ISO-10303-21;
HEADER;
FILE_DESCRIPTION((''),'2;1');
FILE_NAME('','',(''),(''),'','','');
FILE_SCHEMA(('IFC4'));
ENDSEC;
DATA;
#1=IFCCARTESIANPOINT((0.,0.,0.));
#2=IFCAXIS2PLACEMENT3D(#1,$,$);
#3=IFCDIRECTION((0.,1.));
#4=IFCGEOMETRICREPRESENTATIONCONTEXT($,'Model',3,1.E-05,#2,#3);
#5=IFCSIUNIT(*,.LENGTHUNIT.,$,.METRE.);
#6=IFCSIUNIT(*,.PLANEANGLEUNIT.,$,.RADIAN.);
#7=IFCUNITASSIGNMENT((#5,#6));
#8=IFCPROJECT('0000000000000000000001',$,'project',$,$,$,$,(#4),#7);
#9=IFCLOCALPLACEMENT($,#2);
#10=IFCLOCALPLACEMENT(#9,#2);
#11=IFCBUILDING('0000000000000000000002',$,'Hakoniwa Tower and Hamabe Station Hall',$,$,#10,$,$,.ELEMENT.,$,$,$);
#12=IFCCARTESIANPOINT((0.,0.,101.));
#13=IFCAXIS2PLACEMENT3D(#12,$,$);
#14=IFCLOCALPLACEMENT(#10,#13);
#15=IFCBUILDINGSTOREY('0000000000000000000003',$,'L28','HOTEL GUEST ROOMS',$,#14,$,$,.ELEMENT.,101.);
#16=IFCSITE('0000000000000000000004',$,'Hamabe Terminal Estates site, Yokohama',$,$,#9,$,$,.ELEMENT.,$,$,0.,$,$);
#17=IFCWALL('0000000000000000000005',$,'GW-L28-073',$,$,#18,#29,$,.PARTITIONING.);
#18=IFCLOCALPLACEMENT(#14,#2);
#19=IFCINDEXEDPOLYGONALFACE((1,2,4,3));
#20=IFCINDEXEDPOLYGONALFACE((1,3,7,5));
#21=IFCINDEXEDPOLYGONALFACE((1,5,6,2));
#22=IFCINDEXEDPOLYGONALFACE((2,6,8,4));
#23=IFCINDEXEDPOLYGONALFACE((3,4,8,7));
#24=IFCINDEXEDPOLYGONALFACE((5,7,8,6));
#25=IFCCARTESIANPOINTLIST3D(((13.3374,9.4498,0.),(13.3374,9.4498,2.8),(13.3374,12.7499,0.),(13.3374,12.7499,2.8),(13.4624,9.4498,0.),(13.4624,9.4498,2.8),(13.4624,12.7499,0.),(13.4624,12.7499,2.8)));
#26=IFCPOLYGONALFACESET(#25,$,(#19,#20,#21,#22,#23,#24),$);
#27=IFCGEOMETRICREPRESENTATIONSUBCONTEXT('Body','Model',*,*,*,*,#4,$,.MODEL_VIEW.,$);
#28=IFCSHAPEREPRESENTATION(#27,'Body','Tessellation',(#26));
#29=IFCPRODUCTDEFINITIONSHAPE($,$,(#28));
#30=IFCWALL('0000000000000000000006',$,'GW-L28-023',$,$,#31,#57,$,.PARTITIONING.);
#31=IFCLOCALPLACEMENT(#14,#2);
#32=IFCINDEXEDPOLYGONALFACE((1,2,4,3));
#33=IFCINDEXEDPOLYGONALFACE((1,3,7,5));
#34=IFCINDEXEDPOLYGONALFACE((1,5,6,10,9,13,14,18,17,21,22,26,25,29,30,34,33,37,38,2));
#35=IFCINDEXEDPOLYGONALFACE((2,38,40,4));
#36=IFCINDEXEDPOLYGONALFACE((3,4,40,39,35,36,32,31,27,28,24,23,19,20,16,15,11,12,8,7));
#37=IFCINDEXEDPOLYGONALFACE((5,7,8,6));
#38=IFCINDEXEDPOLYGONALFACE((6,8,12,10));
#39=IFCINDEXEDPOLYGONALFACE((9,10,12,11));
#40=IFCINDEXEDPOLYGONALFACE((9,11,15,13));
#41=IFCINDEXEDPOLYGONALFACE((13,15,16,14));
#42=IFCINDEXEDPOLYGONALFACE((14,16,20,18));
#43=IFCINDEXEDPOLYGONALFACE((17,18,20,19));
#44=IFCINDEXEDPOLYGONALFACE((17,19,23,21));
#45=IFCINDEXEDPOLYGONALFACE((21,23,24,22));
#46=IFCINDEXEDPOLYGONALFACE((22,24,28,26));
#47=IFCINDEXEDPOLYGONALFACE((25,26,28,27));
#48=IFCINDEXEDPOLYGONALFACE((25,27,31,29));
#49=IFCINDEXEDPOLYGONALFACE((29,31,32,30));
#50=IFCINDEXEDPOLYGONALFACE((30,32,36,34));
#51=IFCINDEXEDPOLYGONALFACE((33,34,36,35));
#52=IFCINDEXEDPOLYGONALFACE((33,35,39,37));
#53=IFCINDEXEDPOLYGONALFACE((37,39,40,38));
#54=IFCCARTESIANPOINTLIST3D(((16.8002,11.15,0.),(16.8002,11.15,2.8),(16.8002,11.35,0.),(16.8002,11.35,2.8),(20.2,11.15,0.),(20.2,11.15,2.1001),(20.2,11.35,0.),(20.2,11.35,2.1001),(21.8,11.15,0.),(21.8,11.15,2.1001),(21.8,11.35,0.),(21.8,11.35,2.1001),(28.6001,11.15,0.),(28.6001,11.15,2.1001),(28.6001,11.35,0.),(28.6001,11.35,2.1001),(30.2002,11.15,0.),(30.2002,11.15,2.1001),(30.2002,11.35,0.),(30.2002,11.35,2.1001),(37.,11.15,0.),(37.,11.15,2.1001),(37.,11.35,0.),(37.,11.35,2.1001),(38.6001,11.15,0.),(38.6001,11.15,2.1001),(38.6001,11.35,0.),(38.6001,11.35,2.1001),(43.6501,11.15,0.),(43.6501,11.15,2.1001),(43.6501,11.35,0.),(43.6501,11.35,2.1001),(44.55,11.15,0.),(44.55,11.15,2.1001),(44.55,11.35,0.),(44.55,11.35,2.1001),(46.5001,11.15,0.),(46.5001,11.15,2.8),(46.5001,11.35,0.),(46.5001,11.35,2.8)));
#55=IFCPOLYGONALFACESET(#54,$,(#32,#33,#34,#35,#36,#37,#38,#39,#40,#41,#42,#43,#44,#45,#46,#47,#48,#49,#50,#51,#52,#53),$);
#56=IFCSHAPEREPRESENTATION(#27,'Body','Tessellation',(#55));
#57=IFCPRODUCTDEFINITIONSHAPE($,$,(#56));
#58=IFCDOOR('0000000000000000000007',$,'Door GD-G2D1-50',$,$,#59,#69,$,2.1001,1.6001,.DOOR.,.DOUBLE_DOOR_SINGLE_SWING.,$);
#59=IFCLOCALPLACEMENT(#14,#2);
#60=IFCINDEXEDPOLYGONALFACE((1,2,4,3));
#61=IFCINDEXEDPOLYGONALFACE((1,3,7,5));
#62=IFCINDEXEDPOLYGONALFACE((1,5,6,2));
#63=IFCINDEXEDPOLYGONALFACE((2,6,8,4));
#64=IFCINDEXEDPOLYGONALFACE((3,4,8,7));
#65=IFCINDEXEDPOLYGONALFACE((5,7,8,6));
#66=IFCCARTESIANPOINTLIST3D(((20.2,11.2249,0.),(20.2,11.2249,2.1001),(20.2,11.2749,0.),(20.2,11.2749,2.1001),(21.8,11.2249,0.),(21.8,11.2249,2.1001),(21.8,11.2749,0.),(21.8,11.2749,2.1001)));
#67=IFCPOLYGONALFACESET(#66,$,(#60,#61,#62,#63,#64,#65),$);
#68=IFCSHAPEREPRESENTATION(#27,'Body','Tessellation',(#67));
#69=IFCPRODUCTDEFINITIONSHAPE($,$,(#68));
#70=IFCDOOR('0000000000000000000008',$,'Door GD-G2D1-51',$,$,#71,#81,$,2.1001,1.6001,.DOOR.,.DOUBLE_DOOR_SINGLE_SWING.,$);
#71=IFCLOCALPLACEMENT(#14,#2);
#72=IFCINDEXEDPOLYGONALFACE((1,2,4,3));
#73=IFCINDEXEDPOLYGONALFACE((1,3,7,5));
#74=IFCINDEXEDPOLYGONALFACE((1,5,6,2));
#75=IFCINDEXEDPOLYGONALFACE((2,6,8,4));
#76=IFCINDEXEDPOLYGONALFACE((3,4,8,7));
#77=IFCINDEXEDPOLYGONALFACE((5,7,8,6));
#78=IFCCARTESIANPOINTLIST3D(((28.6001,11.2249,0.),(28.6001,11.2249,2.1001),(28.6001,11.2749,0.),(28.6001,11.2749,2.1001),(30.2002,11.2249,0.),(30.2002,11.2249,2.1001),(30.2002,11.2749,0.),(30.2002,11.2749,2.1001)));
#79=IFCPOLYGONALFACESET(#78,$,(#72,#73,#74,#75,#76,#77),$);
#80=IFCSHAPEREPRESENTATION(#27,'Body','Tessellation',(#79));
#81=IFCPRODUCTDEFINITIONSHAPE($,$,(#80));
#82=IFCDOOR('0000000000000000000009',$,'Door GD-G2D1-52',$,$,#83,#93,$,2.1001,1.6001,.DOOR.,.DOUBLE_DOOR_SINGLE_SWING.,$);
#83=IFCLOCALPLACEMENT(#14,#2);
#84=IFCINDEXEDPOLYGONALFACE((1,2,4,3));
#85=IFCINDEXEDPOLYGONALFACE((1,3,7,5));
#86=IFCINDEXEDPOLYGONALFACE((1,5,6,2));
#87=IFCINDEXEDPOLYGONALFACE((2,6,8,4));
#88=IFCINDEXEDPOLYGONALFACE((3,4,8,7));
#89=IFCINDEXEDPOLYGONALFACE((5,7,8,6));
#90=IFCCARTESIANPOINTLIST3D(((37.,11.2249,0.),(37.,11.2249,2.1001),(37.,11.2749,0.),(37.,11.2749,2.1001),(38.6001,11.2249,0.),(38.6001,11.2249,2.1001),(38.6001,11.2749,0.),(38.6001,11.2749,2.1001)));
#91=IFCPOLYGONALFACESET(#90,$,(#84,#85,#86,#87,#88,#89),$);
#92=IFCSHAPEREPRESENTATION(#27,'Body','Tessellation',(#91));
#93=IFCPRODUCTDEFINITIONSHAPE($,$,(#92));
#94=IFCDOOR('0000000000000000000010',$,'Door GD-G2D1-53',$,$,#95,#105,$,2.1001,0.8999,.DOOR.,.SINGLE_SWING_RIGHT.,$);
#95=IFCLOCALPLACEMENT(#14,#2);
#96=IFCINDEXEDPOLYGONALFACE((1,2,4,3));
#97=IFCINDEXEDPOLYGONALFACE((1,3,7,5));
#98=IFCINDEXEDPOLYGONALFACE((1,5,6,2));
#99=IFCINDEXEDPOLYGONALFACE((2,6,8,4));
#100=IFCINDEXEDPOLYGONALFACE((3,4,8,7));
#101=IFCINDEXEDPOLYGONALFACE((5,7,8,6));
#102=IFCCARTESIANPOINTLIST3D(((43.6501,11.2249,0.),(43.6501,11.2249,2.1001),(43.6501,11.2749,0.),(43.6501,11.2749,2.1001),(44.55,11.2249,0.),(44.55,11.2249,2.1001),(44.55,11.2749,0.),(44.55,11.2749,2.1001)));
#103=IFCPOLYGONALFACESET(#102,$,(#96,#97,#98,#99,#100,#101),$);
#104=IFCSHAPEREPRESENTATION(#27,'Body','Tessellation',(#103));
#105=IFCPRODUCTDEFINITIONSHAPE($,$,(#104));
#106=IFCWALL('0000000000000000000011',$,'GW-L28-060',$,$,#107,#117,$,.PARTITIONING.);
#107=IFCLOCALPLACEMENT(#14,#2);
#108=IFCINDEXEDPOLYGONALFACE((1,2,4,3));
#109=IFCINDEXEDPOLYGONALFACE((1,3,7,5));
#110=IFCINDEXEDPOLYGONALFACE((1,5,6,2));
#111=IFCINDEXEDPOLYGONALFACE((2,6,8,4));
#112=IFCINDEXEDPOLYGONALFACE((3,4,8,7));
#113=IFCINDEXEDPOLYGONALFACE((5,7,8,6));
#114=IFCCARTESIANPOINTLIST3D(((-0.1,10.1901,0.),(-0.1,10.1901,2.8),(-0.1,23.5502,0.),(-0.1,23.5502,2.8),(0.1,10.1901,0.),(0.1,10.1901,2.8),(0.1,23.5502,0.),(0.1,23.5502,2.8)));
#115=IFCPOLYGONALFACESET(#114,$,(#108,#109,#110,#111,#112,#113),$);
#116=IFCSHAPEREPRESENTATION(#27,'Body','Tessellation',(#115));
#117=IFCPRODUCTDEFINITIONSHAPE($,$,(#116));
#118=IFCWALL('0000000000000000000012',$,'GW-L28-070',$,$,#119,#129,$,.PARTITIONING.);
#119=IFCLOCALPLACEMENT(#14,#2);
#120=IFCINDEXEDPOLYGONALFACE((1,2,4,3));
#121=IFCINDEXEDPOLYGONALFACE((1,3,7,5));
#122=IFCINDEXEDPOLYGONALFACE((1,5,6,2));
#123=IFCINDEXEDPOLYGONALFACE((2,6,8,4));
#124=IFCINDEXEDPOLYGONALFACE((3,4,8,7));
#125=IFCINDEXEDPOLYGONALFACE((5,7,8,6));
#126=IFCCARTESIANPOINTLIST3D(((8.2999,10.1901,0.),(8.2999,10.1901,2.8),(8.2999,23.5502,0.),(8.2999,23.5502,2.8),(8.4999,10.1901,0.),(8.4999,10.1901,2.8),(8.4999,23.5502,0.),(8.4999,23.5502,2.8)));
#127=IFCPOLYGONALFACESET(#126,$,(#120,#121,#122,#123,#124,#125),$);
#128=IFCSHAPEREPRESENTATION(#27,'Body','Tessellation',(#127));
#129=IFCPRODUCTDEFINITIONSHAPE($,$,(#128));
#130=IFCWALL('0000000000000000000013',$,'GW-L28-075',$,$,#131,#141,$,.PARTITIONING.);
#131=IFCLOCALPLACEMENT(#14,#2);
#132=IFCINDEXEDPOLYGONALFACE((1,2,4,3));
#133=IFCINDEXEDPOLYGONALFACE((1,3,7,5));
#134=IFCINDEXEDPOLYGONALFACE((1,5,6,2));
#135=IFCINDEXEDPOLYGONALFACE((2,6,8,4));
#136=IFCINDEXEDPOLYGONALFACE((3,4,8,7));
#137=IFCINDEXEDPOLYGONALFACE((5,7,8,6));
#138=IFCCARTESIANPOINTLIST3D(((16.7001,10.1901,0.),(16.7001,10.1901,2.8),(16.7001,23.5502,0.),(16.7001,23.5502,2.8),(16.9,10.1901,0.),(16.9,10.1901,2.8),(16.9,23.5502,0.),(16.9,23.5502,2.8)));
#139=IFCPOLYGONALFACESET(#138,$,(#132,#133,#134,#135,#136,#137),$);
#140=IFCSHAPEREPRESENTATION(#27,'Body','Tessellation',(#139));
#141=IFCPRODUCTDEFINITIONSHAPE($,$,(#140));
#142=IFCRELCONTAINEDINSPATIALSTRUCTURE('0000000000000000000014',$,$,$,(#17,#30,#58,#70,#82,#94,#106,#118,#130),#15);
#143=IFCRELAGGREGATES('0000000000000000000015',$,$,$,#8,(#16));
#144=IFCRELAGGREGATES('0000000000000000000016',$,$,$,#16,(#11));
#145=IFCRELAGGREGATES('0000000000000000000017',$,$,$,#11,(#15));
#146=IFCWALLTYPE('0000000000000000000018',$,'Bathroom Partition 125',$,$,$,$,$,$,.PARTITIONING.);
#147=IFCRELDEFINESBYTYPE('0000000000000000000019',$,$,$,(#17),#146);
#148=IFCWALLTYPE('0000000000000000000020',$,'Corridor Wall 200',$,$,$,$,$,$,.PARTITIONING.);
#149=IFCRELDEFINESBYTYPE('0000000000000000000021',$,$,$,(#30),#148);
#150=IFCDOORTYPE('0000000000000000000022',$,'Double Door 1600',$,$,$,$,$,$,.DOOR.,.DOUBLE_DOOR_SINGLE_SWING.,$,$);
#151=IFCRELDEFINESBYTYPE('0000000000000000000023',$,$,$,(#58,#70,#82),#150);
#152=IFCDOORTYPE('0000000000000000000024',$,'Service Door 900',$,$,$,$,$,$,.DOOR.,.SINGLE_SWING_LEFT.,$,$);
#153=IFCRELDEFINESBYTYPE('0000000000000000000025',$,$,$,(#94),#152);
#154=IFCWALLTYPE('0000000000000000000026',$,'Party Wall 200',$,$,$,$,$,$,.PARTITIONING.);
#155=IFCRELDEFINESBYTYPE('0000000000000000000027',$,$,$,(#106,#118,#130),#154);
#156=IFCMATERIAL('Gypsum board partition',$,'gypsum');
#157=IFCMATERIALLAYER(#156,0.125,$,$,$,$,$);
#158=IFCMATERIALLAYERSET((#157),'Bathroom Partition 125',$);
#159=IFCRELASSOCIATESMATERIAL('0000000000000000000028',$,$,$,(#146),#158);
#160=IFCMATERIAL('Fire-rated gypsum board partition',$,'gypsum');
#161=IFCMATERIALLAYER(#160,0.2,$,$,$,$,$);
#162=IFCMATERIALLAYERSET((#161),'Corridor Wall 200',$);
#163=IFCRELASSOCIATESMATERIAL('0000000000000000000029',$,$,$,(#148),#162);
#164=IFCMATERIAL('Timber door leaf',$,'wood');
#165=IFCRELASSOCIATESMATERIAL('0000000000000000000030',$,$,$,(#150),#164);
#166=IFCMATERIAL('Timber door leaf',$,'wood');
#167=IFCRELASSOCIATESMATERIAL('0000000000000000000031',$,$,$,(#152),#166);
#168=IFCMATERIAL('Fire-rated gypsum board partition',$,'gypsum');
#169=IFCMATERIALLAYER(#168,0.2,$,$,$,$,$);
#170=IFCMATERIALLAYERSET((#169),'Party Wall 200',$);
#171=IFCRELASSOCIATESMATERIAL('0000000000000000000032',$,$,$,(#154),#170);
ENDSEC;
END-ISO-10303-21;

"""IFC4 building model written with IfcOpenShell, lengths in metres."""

from ifc_helpers import new_model, si_unit, direction, frame, frame_2d, origin, place, context, subcontext, project, spatial, rectangle, extrude, material, layer, layer_set, type_object, element, fill, save


model = new_model("IFC4")

# Units and contexts
model_context = context("Model", 3, precision=1e-05, world=origin(), true_north=direction((0.0, 1.0)))
body_context = subcontext(model_context, "Body", "Model", "MODEL_VIEW")
ifc_project = project(units=[si_unit("LENGTHUNIT", "METRE"), si_unit("PLANEANGLEUNIT", "RADIAN")], contexts=[model_context])

# Site, building, storey
site_placement = place(None, origin())
site = spatial("IfcSite", under=ifc_project, at=site_placement, Name="Hamabe Terminal Estates site, Yokohama", CompositionType="ELEMENT", RefElevation=0.0)
building_placement = place(site_placement, origin())
building = spatial("IfcBuilding", under=site, at=building_placement, Name="Hakoniwa Tower and Hamabe Station Hall", CompositionType="ELEMENT")
storey_placement = place(building_placement, frame((0.0, 0.0, 101.0)))
storey = spatial("IfcBuildingStorey", under=building, at=storey_placement, Name="L28", Description="HOTEL GUEST ROOMS", CompositionType="ELEMENT", Elevation=101.0)

# Shared definitions
ifc_material_1 = material(Name="Gypsum board partition", Category="gypsum")
ifc_layer_1 = layer(ifc_material_1, 0.125)
ifc_layer_set_1 = layer_set([ifc_layer_1], Name="Bathroom Partition 125")
wall_type_1 = type_object("IfcWallType", Name="Bathroom Partition 125", PredefinedType="PARTITIONING", material=ifc_layer_set_1)

# Wall
wall_1_placement = place(storey_placement, frame((13.3999, 9.45, 0.0), z_axis=(0.0, 0.0, 1.0), x_axis=(0.0, 1.0, 0.0)))
element("IfcWall", 1, at=wall_1_placement, inside=storey, type_object=wall_type_1, Name="GW-L28-073", PredefinedType="PARTITIONING", context=body_context, shape_type="SweptSolid", body=[
    extrude(rectangle(XDim=3.3, YDim=0.125, at=frame_2d((1.6499, 0.0))), origin(), (0.0, 0.0, 1.0), 2.8),
])

# Wall, openings, doors
ifc_material_2 = material(Name="Fire-rated gypsum board partition", Category="gypsum")
ifc_layer_2 = layer(ifc_material_2, 0.2)
ifc_layer_set_2 = layer_set([ifc_layer_2], Name="Corridor Wall 200")
wall_type_2 = type_object("IfcWallType", Name="Corridor Wall 200", PredefinedType="PARTITIONING", material=ifc_layer_set_2)
wall_2_placement = place(storey_placement, frame((16.8, 11.25, 0.0), z_axis=(0.0, 0.0, 1.0), x_axis=(1.0, 0.0, 0.0)))
wall_2 = element("IfcWall", 2, at=wall_2_placement, inside=storey, type_object=wall_type_2, Name="GW-L28-023", PredefinedType="PARTITIONING", context=body_context, shape_type="SweptSolid", body=[
    extrude(rectangle(XDim=29.7, YDim=0.2, at=frame_2d((14.8501, 0.0))), origin(), (0.0, 0.0, 1.0), 2.8),
])
opening_1_placement = place(wall_2_placement, frame((3.3999, 0.0, 0.0)))
opening_1 = element("IfcOpeningElement", 3, at=opening_1_placement, cuts=wall_2, PredefinedType="OPENING", context=body_context, shape_type="SweptSolid", body=[
    extrude(rectangle(XDim=1.6001, YDim=2.1001, at=frame_2d((0.8, 1.05))), frame((0.0, 0.1099, 0.0), z_axis=(0.0, -1.0, 0.0), x_axis=(1.0, 0.0, 0.0)), (0.0, 0.0, 1.0), 0.22),
])
opening_2_placement = place(wall_2_placement, frame((11.8, 0.0, 0.0)))
opening_2 = element("IfcOpeningElement", 4, at=opening_2_placement, cuts=wall_2, PredefinedType="OPENING", context=body_context, shape_type="SweptSolid", body=[
    extrude(rectangle(XDim=1.6001, YDim=2.1001, at=frame_2d((0.8, 1.05))), frame((0.0, 0.1099, 0.0), z_axis=(0.0, -1.0, 0.0), x_axis=(1.0, 0.0, 0.0)), (0.0, 0.0, 1.0), 0.22),
])
opening_3_placement = place(wall_2_placement, frame((20.2, 0.0, 0.0)))
opening_3 = element("IfcOpeningElement", 5, at=opening_3_placement, cuts=wall_2, PredefinedType="OPENING", context=body_context, shape_type="SweptSolid", body=[
    extrude(rectangle(XDim=1.6001, YDim=2.1001, at=frame_2d((0.8, 1.05))), frame((0.0, 0.1099, 0.0), z_axis=(0.0, -1.0, 0.0), x_axis=(1.0, 0.0, 0.0)), (0.0, 0.0, 1.0), 0.22),
])
opening_4_placement = place(wall_2_placement, frame((26.8501, 0.0, 0.0)))
opening_4 = element("IfcOpeningElement", 6, at=opening_4_placement, cuts=wall_2, PredefinedType="OPENING", context=body_context, shape_type="SweptSolid", body=[
    extrude(rectangle(XDim=0.8999, YDim=2.1001, at=frame_2d((0.45, 1.05))), frame((0.0, 0.1099, 0.0), z_axis=(0.0, -1.0, 0.0), x_axis=(1.0, 0.0, 0.0)), (0.0, 0.0, 1.0), 0.22),
])
ifc_material_3 = material(Name="Timber door leaf", Category="wood")
door_type_1 = type_object("IfcDoorType", Name="Double Door 1600", OperationType="DOUBLE_DOOR_SINGLE_SWING", PredefinedType="DOOR", material=ifc_material_3)
door_1_placement = place(opening_1_placement, origin())
door_1 = element("IfcDoor", 7, at=door_1_placement, inside=storey, type_object=door_type_1, Name="Door GD-G2D1-50", OperationType="DOUBLE_DOOR_SINGLE_SWING", OverallHeight=2.1001, OverallWidth=1.6001, PredefinedType="DOOR", context=body_context, shape_type="SweptSolid", body=[
    extrude(rectangle(XDim=1.6001, YDim=2.1001, at=frame_2d((0.8, 1.05))), frame((0.0, 0.0249, 0.0), z_axis=(0.0, -1.0, 0.0), x_axis=(1.0, 0.0, 0.0)), (0.0, 0.0, 1.0), 0.05),
])
fill(opening_1, door_1)
door_2_placement = place(opening_2_placement, origin())
door_2 = element("IfcDoor", 8, at=door_2_placement, inside=storey, type_object=door_type_1, Name="Door GD-G2D1-51", OperationType="DOUBLE_DOOR_SINGLE_SWING", OverallHeight=2.1001, OverallWidth=1.6001, PredefinedType="DOOR", context=body_context, shape_type="SweptSolid", body=[
    extrude(rectangle(XDim=1.6001, YDim=2.1001, at=frame_2d((0.8, 1.05))), frame((0.0, 0.0249, 0.0), z_axis=(0.0, -1.0, 0.0), x_axis=(1.0, 0.0, 0.0)), (0.0, 0.0, 1.0), 0.05),
])
fill(opening_2, door_2)
door_3_placement = place(opening_3_placement, origin())
door_3 = element("IfcDoor", 9, at=door_3_placement, inside=storey, type_object=door_type_1, Name="Door GD-G2D1-52", OperationType="DOUBLE_DOOR_SINGLE_SWING", OverallHeight=2.1001, OverallWidth=1.6001, PredefinedType="DOOR", context=body_context, shape_type="SweptSolid", body=[
    extrude(rectangle(XDim=1.6001, YDim=2.1001, at=frame_2d((0.8, 1.05))), frame((0.0, 0.0249, 0.0), z_axis=(0.0, -1.0, 0.0), x_axis=(1.0, 0.0, 0.0)), (0.0, 0.0, 1.0), 0.05),
])
fill(opening_3, door_3)
ifc_material_4 = material(Name="Timber door leaf", Category="wood")
door_type_2 = type_object("IfcDoorType", Name="Service Door 900", OperationType="SINGLE_SWING_LEFT", PredefinedType="DOOR", material=ifc_material_4)
door_4_placement = place(opening_4_placement, origin())
door_4 = element("IfcDoor", 10, at=door_4_placement, inside=storey, type_object=door_type_2, Name="Door GD-G2D1-53", OperationType="SINGLE_SWING_RIGHT", OverallHeight=2.1001, OverallWidth=0.8999, PredefinedType="DOOR", context=body_context, shape_type="SweptSolid", body=[
    extrude(rectangle(XDim=0.8999, YDim=2.1001, at=frame_2d((0.45, 1.05))), frame((0.0, 0.0249, 0.0), z_axis=(0.0, -1.0, 0.0), x_axis=(1.0, 0.0, 0.0)), (0.0, 0.0, 1.0), 0.05),
])
fill(opening_4, door_4)

# Walls
ifc_material_5 = material(Name="Fire-rated gypsum board partition", Category="gypsum")
ifc_layer_3 = layer(ifc_material_5, 0.2)
ifc_layer_set_3 = layer_set([ifc_layer_3], Name="Party Wall 200")
wall_type_3 = type_object("IfcWallType", Name="Party Wall 200", PredefinedType="PARTITIONING", material=ifc_layer_set_3)
for number, where, z_axis, x_axis, name in (
    (11, (0.0, 10.1899, 0.0), (0.0, 0.0, 1.0), (0.0, 1.0, 0.0), "GW-L28-060"),
    (12, (8.3999, 10.1899, 0.0), (0.0, 0.0, 1.0), (0.0, 1.0, 0.0), "GW-L28-070"),
    (13, (16.8, 10.1899, 0.0), (0.0, 0.0, 1.0), (0.0, 1.0, 0.0), "GW-L28-075"),
):
    element("IfcWall", number, at=place(storey_placement, frame(where, z_axis=z_axis, x_axis=x_axis)), inside=storey, type_object=wall_type_3, Name=name, PredefinedType="PARTITIONING", context=body_context, shape_type="SweptSolid", body=[
        extrude(rectangle(XDim=13.3601, YDim=0.2, at=frame_2d((6.6802, 0.0))), origin(), (0.0, 0.0, 1.0), 2.8),
    ])

save(model, "model.ifc")
